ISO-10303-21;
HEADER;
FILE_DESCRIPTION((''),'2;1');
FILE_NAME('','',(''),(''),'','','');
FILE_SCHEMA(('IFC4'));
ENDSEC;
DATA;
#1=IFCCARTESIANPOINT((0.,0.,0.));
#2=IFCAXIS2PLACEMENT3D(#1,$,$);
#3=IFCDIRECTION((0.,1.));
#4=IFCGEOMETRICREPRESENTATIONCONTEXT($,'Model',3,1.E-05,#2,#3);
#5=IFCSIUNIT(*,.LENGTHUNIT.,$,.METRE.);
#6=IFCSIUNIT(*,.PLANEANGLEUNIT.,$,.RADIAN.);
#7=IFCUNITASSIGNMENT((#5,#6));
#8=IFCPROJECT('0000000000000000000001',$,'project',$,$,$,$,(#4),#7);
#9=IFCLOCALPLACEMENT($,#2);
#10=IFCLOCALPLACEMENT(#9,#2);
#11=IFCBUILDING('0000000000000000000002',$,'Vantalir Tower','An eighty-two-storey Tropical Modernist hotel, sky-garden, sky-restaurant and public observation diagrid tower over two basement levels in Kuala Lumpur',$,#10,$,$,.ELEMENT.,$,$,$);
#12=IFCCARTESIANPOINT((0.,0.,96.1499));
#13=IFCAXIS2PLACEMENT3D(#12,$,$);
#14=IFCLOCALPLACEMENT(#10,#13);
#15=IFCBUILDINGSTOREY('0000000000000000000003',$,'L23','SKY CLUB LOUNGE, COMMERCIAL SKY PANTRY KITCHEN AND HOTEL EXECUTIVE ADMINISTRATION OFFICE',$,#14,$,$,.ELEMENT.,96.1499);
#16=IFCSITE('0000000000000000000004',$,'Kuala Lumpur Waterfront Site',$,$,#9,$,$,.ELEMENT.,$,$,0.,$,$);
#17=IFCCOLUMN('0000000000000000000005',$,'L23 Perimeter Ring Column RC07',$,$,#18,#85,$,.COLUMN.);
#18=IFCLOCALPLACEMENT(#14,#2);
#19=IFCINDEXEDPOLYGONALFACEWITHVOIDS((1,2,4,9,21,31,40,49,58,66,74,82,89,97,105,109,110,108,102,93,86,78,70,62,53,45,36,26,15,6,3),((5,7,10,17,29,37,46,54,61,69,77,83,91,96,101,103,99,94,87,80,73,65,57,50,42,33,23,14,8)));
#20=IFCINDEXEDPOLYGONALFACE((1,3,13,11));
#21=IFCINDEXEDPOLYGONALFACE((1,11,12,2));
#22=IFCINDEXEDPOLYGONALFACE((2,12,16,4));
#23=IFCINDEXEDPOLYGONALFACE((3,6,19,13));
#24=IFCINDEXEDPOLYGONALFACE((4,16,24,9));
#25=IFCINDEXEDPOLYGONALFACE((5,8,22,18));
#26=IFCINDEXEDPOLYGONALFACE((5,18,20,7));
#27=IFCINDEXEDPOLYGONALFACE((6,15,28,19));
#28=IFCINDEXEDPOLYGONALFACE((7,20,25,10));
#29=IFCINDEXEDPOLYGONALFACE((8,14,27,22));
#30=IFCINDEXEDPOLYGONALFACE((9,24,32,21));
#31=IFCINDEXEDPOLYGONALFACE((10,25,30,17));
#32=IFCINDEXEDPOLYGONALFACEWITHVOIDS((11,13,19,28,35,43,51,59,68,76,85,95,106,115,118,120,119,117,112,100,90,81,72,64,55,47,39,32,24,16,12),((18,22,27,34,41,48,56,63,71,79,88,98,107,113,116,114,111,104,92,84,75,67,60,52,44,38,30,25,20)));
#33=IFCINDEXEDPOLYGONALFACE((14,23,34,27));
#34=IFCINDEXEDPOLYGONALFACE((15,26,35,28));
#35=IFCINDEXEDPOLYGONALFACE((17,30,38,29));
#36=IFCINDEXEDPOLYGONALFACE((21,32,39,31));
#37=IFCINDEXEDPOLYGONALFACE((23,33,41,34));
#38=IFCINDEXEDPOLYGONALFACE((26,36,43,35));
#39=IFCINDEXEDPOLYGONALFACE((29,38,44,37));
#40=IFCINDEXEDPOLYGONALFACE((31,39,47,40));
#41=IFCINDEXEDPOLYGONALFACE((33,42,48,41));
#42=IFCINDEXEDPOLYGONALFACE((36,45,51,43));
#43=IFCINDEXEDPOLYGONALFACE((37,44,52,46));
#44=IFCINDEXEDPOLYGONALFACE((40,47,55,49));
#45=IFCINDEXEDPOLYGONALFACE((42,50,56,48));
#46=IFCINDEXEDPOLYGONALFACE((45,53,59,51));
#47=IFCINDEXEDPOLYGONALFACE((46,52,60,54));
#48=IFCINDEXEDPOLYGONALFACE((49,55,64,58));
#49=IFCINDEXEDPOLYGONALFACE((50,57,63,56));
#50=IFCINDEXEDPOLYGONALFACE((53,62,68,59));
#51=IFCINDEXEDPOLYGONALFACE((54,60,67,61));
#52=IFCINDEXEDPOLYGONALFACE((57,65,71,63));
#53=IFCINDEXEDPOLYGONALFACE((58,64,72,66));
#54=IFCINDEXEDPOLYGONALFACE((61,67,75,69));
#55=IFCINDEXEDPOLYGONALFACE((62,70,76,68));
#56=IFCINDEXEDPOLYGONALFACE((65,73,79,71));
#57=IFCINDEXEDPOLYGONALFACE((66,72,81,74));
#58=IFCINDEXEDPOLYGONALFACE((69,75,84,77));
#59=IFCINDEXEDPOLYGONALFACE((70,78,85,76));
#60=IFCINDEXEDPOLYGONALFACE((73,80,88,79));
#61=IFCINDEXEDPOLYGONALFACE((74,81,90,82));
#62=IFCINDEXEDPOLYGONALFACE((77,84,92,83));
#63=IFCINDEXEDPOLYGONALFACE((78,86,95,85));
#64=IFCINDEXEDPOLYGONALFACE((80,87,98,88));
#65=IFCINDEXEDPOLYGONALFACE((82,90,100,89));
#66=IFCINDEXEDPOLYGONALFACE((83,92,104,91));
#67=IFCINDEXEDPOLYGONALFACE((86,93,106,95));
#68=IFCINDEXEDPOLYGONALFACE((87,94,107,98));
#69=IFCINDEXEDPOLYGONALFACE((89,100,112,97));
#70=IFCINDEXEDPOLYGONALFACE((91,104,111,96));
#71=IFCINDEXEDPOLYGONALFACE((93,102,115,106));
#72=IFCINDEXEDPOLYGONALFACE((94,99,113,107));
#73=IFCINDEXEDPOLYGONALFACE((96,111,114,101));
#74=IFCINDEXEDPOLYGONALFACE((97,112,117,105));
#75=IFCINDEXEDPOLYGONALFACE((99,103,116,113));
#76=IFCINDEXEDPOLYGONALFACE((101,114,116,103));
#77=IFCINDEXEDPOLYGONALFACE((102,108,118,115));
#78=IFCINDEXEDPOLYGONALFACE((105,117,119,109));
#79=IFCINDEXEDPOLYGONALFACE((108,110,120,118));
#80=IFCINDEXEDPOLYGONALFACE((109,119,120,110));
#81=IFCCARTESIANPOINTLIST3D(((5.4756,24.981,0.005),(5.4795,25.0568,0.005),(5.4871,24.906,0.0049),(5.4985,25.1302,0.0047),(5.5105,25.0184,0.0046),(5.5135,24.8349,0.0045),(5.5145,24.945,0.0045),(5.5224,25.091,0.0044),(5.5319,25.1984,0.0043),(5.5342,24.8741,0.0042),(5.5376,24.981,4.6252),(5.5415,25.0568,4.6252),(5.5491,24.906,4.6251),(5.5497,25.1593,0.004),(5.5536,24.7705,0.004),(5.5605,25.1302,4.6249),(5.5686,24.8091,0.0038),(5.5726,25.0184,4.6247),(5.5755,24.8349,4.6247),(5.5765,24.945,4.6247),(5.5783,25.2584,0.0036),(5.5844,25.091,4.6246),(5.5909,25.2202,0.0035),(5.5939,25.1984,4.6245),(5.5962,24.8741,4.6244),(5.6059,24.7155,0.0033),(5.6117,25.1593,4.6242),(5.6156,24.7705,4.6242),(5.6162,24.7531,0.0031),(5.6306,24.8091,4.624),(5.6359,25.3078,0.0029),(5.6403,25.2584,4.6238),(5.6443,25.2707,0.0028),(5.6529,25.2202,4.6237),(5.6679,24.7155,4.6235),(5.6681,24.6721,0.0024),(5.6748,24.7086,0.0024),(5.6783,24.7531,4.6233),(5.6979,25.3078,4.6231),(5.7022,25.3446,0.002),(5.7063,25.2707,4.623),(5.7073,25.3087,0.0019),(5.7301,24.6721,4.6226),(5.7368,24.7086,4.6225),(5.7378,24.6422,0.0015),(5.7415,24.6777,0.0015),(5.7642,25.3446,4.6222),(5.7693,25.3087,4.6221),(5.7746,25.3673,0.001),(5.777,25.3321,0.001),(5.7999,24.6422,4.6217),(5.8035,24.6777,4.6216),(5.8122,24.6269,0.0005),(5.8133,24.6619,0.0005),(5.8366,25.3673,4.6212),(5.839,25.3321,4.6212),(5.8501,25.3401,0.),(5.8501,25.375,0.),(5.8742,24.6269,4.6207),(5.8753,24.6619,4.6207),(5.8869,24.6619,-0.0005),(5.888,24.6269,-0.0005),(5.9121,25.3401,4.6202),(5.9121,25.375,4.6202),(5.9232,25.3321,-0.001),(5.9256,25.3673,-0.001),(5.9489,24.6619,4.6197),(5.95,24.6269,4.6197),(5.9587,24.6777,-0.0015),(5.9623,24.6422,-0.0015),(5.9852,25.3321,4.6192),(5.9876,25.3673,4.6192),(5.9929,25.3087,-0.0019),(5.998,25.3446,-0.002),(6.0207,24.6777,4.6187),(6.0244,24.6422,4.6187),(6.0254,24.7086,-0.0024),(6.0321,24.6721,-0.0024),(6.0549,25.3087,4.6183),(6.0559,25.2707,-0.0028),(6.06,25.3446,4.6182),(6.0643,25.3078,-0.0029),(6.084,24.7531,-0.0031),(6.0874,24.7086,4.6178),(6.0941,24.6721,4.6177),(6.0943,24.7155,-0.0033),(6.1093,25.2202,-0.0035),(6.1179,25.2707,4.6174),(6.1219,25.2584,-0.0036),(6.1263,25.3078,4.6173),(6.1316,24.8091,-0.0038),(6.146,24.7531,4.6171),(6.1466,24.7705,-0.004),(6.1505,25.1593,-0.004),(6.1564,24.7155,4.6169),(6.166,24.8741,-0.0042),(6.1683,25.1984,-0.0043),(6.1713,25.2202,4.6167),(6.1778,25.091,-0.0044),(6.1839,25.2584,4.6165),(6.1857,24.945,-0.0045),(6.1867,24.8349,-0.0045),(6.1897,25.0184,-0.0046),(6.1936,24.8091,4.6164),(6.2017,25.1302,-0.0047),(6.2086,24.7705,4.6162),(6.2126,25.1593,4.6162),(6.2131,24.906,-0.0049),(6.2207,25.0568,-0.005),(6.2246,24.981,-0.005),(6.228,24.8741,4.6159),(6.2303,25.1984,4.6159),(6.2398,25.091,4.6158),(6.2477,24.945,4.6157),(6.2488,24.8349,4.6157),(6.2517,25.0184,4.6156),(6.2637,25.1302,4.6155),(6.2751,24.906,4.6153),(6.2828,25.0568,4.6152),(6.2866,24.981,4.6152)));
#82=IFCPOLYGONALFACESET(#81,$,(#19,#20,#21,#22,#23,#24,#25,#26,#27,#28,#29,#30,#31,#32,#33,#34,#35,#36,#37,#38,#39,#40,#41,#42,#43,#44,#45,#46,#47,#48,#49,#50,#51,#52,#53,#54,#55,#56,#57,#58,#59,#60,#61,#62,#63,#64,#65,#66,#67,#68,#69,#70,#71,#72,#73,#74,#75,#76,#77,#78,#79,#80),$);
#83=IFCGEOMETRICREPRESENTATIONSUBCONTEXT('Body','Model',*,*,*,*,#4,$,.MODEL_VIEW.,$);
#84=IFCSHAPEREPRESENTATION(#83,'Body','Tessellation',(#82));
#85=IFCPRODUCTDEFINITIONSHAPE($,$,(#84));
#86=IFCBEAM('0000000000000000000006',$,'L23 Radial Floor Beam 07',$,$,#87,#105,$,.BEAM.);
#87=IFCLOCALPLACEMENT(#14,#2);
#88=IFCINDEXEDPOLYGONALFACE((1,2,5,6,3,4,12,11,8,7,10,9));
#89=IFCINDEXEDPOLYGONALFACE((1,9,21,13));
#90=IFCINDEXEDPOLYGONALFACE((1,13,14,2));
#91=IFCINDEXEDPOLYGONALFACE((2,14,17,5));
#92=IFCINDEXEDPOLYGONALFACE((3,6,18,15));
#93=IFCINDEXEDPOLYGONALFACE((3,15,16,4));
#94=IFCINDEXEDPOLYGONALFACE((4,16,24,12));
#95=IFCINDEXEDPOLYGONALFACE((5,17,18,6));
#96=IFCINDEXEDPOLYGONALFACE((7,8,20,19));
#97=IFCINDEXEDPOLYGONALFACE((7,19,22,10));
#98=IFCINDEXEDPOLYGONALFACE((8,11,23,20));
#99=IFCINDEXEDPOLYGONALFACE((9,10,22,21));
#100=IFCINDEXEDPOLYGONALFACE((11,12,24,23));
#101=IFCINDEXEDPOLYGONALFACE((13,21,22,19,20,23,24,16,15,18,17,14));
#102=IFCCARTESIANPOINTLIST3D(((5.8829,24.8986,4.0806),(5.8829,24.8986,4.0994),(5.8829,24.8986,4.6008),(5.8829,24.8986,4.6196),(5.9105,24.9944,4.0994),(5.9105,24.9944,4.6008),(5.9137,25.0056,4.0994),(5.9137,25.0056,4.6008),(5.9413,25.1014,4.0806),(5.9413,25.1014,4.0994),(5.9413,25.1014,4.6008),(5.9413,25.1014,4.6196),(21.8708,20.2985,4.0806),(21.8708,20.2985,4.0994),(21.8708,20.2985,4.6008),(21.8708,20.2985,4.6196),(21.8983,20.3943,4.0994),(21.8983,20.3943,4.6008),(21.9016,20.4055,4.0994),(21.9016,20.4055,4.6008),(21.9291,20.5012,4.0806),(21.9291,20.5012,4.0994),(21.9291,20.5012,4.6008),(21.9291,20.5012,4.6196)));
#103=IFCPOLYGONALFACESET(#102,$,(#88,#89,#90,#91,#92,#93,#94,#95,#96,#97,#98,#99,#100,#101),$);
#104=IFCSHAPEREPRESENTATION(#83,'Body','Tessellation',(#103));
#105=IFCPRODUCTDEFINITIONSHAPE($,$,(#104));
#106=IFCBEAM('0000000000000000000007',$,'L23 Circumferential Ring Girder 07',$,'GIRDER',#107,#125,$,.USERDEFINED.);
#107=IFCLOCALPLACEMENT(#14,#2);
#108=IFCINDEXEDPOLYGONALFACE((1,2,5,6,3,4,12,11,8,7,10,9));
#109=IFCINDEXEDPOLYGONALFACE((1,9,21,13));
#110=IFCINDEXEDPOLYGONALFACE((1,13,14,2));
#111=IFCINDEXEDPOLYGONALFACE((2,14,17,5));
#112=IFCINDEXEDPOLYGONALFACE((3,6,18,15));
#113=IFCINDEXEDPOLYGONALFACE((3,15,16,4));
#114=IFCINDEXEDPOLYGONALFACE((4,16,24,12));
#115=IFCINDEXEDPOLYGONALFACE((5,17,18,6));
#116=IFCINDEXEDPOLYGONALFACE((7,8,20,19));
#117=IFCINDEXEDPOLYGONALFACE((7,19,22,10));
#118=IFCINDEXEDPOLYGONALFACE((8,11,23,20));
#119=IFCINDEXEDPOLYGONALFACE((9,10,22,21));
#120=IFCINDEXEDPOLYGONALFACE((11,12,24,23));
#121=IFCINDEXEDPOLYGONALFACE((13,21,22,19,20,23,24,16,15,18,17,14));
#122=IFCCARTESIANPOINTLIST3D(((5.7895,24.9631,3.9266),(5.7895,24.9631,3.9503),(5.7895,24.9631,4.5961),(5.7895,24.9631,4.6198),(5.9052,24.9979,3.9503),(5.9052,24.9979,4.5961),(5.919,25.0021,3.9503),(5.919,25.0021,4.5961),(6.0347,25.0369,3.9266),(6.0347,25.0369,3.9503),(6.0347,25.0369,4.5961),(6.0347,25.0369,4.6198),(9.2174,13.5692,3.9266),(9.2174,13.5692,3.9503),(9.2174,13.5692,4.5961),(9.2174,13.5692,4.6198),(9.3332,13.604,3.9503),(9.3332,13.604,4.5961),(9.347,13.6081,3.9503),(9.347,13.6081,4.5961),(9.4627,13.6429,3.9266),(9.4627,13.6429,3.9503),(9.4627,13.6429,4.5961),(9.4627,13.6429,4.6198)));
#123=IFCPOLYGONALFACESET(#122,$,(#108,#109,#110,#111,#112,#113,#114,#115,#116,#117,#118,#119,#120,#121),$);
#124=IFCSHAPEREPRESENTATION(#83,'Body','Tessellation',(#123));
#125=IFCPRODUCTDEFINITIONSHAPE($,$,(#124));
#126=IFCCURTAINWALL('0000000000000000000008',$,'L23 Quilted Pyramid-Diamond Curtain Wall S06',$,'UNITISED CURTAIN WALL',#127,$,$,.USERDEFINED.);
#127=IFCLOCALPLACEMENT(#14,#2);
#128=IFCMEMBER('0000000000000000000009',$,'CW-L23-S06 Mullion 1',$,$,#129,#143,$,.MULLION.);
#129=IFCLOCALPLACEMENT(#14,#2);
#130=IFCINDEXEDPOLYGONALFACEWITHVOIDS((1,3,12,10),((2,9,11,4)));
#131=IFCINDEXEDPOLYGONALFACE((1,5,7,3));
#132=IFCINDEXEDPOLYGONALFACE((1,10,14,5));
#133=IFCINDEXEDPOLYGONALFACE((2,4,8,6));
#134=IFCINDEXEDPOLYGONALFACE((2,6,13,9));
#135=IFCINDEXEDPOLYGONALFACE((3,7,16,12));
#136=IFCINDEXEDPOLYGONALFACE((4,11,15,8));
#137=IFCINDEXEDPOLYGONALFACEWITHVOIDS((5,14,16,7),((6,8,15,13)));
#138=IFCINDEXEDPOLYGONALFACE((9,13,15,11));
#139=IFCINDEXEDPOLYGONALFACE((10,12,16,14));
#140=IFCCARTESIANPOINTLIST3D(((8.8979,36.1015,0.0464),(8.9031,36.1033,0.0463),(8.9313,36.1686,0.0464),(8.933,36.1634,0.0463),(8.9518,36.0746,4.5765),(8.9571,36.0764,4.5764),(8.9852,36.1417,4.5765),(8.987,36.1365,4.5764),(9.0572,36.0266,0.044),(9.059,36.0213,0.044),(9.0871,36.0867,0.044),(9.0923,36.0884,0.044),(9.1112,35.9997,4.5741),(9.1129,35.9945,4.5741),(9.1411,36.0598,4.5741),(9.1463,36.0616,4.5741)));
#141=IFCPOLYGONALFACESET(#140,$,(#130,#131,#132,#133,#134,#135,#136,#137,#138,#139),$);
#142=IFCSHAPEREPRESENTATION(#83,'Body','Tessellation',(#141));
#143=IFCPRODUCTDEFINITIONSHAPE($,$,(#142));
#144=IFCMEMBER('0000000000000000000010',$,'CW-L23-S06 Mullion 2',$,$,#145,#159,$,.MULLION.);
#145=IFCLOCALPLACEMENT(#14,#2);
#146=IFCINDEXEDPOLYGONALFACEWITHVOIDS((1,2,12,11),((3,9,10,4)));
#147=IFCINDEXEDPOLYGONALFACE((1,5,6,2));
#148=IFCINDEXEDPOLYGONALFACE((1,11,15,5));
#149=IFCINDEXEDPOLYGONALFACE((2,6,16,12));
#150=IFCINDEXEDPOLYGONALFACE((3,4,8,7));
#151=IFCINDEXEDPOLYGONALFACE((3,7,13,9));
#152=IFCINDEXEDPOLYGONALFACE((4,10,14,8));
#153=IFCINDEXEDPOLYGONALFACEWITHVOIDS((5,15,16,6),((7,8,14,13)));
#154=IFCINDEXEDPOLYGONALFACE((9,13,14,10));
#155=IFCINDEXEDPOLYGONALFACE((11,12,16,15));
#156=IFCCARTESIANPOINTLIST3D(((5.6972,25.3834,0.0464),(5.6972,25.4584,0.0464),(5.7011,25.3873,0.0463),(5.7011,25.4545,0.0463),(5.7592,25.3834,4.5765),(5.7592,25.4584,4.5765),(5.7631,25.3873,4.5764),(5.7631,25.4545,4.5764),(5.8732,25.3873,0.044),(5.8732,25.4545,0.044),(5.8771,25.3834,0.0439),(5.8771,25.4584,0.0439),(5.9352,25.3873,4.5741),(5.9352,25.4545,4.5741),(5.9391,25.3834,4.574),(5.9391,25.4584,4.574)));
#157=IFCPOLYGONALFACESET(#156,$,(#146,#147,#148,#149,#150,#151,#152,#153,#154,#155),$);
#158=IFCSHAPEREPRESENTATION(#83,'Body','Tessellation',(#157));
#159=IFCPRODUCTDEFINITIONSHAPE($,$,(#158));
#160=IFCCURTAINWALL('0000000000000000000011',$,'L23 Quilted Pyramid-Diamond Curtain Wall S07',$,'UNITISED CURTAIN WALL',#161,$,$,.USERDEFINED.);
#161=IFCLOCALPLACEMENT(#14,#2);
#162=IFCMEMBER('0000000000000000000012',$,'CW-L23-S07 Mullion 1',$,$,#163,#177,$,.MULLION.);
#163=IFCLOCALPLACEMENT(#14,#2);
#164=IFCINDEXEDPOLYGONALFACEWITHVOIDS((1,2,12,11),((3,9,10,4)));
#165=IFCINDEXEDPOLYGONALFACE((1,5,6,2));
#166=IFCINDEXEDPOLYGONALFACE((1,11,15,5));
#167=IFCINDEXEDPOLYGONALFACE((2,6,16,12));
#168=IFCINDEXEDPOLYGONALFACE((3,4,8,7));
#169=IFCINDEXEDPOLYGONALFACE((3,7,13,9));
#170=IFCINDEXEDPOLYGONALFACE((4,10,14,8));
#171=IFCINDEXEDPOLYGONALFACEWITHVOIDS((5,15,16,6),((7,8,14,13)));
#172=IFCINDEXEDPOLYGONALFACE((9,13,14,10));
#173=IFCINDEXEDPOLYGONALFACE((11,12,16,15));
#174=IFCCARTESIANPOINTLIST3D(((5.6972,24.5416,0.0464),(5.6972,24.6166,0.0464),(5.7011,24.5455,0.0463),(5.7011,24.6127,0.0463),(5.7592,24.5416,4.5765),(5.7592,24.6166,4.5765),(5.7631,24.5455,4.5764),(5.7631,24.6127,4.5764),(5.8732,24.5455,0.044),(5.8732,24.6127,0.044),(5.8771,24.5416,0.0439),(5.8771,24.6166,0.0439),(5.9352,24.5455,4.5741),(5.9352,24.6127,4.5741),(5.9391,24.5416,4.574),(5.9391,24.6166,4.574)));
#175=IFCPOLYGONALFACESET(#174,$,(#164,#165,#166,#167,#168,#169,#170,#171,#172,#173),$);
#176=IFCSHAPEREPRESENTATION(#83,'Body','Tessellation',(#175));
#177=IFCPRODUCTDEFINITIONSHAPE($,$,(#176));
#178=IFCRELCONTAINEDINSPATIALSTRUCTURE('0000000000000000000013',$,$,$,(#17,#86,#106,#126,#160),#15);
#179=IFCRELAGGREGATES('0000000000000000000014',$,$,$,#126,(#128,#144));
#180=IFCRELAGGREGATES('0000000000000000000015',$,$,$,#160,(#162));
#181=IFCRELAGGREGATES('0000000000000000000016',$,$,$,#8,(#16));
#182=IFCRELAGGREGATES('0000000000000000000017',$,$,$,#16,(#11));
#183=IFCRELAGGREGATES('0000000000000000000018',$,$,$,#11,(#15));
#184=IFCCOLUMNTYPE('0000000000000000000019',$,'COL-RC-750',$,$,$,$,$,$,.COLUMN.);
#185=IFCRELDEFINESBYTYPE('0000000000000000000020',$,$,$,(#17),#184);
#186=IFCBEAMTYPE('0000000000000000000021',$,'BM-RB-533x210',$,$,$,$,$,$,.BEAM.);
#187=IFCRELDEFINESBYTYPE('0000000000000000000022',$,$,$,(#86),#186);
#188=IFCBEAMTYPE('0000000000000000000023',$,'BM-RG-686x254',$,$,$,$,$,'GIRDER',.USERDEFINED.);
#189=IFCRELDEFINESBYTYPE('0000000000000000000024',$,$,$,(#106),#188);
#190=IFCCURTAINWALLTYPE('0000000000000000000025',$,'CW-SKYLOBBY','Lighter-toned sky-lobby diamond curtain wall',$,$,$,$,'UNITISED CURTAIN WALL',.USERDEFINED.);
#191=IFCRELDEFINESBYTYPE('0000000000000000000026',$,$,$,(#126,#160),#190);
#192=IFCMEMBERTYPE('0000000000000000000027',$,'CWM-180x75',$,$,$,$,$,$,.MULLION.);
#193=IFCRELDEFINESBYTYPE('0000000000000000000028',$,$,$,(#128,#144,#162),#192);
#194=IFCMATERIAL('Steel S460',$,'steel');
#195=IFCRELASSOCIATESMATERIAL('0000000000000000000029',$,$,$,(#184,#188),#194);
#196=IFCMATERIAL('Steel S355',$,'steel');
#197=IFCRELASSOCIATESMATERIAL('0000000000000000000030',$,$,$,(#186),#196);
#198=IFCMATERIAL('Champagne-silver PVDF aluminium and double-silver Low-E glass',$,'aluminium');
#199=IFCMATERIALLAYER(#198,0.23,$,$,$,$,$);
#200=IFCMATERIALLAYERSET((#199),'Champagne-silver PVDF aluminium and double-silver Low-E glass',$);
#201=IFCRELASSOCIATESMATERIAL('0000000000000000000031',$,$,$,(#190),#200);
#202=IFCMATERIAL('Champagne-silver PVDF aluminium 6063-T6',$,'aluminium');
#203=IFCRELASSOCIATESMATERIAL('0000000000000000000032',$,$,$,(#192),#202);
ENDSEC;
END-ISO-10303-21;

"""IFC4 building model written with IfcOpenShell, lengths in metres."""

from ifc_helpers import new_model, si_unit, direction, frame, origin, origin_2d, place, context, subcontext, project, spatial, hollow_rectangle, hollow_circle, i_section, extrude, material, layer, layer_set, material_profile, profile_set, type_object, element, aggregate, save


model = new_model("IFC4")

# Units and contexts
model_context = context("Model", 3, precision=1e-05, world=origin(), true_north=direction((0.0, 1.0)))
body_context = subcontext(model_context, "Body", "Model", "MODEL_VIEW")
ifc_project = project(units=[si_unit("LENGTHUNIT", "METRE"), si_unit("PLANEANGLEUNIT", "RADIAN")], contexts=[model_context])

# Site, building, storey
site_placement = place(None, origin())
site = spatial("IfcSite", under=ifc_project, at=site_placement, Name="Kuala Lumpur Waterfront Site", CompositionType="ELEMENT", RefElevation=0.0)
building_placement = place(site_placement, origin())
building = spatial("IfcBuilding", under=site, at=building_placement, Name="Vantalir Tower", Description="An eighty-two-storey Tropical Modernist hotel, sky-garden, sky-restaurant and public observation diagrid tower over two basement levels in Kuala Lumpur", CompositionType="ELEMENT")
storey_placement = place(building_placement, frame((0.0, 0.0, 96.1499)))
storey = spatial("IfcBuildingStorey", under=building, at=storey_placement, Name="L23", Description="SKY CLUB LOUNGE, COMMERCIAL SKY PANTRY KITCHEN AND HOTEL EXECUTIVE ADMINISTRATION OFFICE", CompositionType="ELEMENT", Elevation=96.1499)

# Column
ifc_material_1 = material(Name="Steel S460", Category="steel")
ifc_material_profile_1 = material_profile(ifc_material_1, hollow_circle(Radius=0.375, WallThickness=0.0349, at=origin_2d()), Name="Steel S460")
ifc_profile_set_1 = profile_set([ifc_material_profile_1], Name="Steel S460")
column_type = type_object("IfcColumnType", Name="COL-RC-750", PredefinedType="COLUMN", material=ifc_profile_set_1)
column_placement = place(storey_placement, frame((5.8501, 25.0, 0.0), z_axis=(0.013421, 0.0, 0.99991), x_axis=(0.0, 1.0, 0.0)))
element("IfcColumn", 1, at=column_placement, inside=storey, type_object=column_type, Name="L23 Perimeter Ring Column RC07", PredefinedType="COLUMN", context=body_context, shape_type="SweptSolid", body=[
    extrude(hollow_circle(Radius=0.375, WallThickness=0.0349, at=origin_2d()), origin(), (0.0, 0.0, 1.0), 4.6206),
])

# Beams
ifc_material_2 = material(Name="Steel S355", Category="steel")
ifc_material_profile_2 = material_profile(ifc_material_2, i_section(OverallWidth=0.2109, OverallDepth=0.5391, WebThickness=0.0117, FlangeThickness=0.0188, at=origin_2d()), Name="Steel S355")
ifc_profile_set_2 = profile_set([ifc_material_profile_2], Name="Steel S355")
beam_type_1 = type_object("IfcBeamType", Name="BM-RB-533x210", PredefinedType="BEAM", material=ifc_profile_set_2)
beam_1_placement = place(storey_placement, frame((5.9121, 25.0, 4.3501), z_axis=(0.961012, -0.276508, 0.0), x_axis=(0.276508, 0.961012, 0.0)))
element("IfcBeam", 2, at=beam_1_placement, inside=storey, type_object=beam_type_1, Name="L23 Radial Floor Beam 07", PredefinedType="BEAM", context=body_context, shape_type="SweptSolid", body=[
    extrude(i_section(OverallWidth=0.2109, OverallDepth=0.5391, WebThickness=0.0117, FlangeThickness=0.0188, at=origin_2d()), origin(), (0.0, 0.0, 1.0), 16.6365),
])
ifc_material_profile_3 = material_profile(ifc_material_1, i_section(OverallWidth=0.2561, OverallDepth=0.6931, WebThickness=0.0144, FlangeThickness=0.0237, at=origin_2d()), Name="Steel S460")
ifc_profile_set_3 = profile_set([ifc_material_profile_3], Name="Steel S460")
beam_type_2 = type_object("IfcBeamType", Name="BM-RG-686x254", ElementType="GIRDER", PredefinedType="USERDEFINED", material=ifc_profile_set_3)
beam_2_placement = place(storey_placement, frame((5.9121, 25.0, 4.2732), z_axis=(0.288101, -0.9576, 0.0), x_axis=(0.9576, 0.288101, 0.0)))
element("IfcBeam", 3, at=beam_2_placement, inside=storey, type_object=beam_type_2, Name="L23 Circumferential Ring Girder 07", ObjectType="GIRDER", PredefinedType="USERDEFINED", context=body_context, shape_type="SweptSolid", body=[
    extrude(i_section(OverallWidth=0.2561, OverallDepth=0.6931, WebThickness=0.0144, FlangeThickness=0.0237, at=origin_2d()), origin(), (0.0, 0.0, 1.0), 11.8984),
])

# Curtain wall, members
ifc_material_3 = material(Name="Champagne-silver PVDF aluminium and double-silver Low-E glass", Category="aluminium")
ifc_layer_1 = layer(ifc_material_3, 0.23)
ifc_layer_set_1 = layer_set([ifc_layer_1], Name="Champagne-silver PVDF aluminium and double-silver Low-E glass")
curtain_wall_type = type_object("IfcCurtainWallType", Name="CW-SKYLOBBY", Description="Lighter-toned sky-lobby diamond curtain wall", ElementType="UNITISED CURTAIN WALL", PredefinedType="USERDEFINED", material=ifc_layer_set_1)
curtain_wall_1_placement = place(storey_placement, origin())
curtain_wall_1 = element("IfcCurtainWall", 4, at=curtain_wall_1_placement, inside=storey, type_object=curtain_wall_type, Name="L23 Quilted Pyramid-Diamond Curtain Wall S06", ObjectType="UNITISED CURTAIN WALL", PredefinedType="USERDEFINED")
ifc_material_4 = material(Name="Champagne-silver PVDF aluminium 6063-T6", Category="aluminium")
ifc_material_profile_4 = material_profile(ifc_material_4, hollow_rectangle(XDim=0.075, YDim=0.1799, WallThickness=0.0039, at=origin_2d()), Name="Champagne-silver PVDF aluminium 6063-T6")
ifc_profile_set_4 = profile_set([ifc_material_profile_4], Name="Champagne-silver PVDF aluminium 6063-T6")
member_type_1 = type_object("IfcMemberType", Name="CWM-180x75", PredefinedType="MULLION", material=ifc_profile_set_4)
member_1_placement = place(storey_placement, frame((8.9951, 36.095, 0.0452), z_axis=(0.011909, -0.005928, 0.999912), x_axis=(0.445593, 0.895236, 0.0)))
member_1 = element("IfcMember", 5, at=member_1_placement, type_object=member_type_1, Name="CW-L23-S06 Mullion 1", PredefinedType="MULLION", context=body_context, shape_type="SweptSolid", body=[
    extrude(hollow_rectangle(XDim=0.075, YDim=0.1799, WallThickness=0.0039, at=origin_2d()), origin(), (0.0, 0.0, 1.0), 4.5305),
])
member_2_placement = place(storey_placement, frame((5.7871, 25.4209, 0.0452), z_axis=(0.013688, 0.0, 0.999906), x_axis=(0.0, 1.0, 0.0)))
member_2 = element("IfcMember", 6, at=member_2_placement, type_object=member_type_1, Name="CW-L23-S06 Mullion 2", PredefinedType="MULLION", context=body_context, shape_type="SweptSolid", body=[
    extrude(hollow_rectangle(XDim=0.075, YDim=0.1799, WallThickness=0.0039, at=origin_2d()), origin(), (0.0, 0.0, 1.0), 4.5305),
])

# Curtain wall, member
curtain_wall_2_placement = place(storey_placement, origin())
curtain_wall_2 = element("IfcCurtainWall", 7, at=curtain_wall_2_placement, inside=storey, type_object=curtain_wall_type, Name="L23 Quilted Pyramid-Diamond Curtain Wall S07", ObjectType="UNITISED CURTAIN WALL", PredefinedType="USERDEFINED")
member_3_placement = place(storey_placement, frame((5.7871, 24.5791, 0.0452), z_axis=(0.013688, 0.0, 0.999906), x_axis=(0.0, 1.0, 0.0)))
member_3 = element("IfcMember", 8, at=member_3_placement, type_object=member_type_1, Name="CW-L23-S07 Mullion 1", PredefinedType="MULLION", context=body_context, shape_type="SweptSolid", body=[
    extrude(hollow_rectangle(XDim=0.075, YDim=0.1799, WallThickness=0.0039, at=origin_2d()), origin(), (0.0, 0.0, 1.0), 4.5305),
])

aggregate(curtain_wall_1, [member_1, member_2])
aggregate(curtain_wall_2, [member_3])

save(model, "model.ifc")
